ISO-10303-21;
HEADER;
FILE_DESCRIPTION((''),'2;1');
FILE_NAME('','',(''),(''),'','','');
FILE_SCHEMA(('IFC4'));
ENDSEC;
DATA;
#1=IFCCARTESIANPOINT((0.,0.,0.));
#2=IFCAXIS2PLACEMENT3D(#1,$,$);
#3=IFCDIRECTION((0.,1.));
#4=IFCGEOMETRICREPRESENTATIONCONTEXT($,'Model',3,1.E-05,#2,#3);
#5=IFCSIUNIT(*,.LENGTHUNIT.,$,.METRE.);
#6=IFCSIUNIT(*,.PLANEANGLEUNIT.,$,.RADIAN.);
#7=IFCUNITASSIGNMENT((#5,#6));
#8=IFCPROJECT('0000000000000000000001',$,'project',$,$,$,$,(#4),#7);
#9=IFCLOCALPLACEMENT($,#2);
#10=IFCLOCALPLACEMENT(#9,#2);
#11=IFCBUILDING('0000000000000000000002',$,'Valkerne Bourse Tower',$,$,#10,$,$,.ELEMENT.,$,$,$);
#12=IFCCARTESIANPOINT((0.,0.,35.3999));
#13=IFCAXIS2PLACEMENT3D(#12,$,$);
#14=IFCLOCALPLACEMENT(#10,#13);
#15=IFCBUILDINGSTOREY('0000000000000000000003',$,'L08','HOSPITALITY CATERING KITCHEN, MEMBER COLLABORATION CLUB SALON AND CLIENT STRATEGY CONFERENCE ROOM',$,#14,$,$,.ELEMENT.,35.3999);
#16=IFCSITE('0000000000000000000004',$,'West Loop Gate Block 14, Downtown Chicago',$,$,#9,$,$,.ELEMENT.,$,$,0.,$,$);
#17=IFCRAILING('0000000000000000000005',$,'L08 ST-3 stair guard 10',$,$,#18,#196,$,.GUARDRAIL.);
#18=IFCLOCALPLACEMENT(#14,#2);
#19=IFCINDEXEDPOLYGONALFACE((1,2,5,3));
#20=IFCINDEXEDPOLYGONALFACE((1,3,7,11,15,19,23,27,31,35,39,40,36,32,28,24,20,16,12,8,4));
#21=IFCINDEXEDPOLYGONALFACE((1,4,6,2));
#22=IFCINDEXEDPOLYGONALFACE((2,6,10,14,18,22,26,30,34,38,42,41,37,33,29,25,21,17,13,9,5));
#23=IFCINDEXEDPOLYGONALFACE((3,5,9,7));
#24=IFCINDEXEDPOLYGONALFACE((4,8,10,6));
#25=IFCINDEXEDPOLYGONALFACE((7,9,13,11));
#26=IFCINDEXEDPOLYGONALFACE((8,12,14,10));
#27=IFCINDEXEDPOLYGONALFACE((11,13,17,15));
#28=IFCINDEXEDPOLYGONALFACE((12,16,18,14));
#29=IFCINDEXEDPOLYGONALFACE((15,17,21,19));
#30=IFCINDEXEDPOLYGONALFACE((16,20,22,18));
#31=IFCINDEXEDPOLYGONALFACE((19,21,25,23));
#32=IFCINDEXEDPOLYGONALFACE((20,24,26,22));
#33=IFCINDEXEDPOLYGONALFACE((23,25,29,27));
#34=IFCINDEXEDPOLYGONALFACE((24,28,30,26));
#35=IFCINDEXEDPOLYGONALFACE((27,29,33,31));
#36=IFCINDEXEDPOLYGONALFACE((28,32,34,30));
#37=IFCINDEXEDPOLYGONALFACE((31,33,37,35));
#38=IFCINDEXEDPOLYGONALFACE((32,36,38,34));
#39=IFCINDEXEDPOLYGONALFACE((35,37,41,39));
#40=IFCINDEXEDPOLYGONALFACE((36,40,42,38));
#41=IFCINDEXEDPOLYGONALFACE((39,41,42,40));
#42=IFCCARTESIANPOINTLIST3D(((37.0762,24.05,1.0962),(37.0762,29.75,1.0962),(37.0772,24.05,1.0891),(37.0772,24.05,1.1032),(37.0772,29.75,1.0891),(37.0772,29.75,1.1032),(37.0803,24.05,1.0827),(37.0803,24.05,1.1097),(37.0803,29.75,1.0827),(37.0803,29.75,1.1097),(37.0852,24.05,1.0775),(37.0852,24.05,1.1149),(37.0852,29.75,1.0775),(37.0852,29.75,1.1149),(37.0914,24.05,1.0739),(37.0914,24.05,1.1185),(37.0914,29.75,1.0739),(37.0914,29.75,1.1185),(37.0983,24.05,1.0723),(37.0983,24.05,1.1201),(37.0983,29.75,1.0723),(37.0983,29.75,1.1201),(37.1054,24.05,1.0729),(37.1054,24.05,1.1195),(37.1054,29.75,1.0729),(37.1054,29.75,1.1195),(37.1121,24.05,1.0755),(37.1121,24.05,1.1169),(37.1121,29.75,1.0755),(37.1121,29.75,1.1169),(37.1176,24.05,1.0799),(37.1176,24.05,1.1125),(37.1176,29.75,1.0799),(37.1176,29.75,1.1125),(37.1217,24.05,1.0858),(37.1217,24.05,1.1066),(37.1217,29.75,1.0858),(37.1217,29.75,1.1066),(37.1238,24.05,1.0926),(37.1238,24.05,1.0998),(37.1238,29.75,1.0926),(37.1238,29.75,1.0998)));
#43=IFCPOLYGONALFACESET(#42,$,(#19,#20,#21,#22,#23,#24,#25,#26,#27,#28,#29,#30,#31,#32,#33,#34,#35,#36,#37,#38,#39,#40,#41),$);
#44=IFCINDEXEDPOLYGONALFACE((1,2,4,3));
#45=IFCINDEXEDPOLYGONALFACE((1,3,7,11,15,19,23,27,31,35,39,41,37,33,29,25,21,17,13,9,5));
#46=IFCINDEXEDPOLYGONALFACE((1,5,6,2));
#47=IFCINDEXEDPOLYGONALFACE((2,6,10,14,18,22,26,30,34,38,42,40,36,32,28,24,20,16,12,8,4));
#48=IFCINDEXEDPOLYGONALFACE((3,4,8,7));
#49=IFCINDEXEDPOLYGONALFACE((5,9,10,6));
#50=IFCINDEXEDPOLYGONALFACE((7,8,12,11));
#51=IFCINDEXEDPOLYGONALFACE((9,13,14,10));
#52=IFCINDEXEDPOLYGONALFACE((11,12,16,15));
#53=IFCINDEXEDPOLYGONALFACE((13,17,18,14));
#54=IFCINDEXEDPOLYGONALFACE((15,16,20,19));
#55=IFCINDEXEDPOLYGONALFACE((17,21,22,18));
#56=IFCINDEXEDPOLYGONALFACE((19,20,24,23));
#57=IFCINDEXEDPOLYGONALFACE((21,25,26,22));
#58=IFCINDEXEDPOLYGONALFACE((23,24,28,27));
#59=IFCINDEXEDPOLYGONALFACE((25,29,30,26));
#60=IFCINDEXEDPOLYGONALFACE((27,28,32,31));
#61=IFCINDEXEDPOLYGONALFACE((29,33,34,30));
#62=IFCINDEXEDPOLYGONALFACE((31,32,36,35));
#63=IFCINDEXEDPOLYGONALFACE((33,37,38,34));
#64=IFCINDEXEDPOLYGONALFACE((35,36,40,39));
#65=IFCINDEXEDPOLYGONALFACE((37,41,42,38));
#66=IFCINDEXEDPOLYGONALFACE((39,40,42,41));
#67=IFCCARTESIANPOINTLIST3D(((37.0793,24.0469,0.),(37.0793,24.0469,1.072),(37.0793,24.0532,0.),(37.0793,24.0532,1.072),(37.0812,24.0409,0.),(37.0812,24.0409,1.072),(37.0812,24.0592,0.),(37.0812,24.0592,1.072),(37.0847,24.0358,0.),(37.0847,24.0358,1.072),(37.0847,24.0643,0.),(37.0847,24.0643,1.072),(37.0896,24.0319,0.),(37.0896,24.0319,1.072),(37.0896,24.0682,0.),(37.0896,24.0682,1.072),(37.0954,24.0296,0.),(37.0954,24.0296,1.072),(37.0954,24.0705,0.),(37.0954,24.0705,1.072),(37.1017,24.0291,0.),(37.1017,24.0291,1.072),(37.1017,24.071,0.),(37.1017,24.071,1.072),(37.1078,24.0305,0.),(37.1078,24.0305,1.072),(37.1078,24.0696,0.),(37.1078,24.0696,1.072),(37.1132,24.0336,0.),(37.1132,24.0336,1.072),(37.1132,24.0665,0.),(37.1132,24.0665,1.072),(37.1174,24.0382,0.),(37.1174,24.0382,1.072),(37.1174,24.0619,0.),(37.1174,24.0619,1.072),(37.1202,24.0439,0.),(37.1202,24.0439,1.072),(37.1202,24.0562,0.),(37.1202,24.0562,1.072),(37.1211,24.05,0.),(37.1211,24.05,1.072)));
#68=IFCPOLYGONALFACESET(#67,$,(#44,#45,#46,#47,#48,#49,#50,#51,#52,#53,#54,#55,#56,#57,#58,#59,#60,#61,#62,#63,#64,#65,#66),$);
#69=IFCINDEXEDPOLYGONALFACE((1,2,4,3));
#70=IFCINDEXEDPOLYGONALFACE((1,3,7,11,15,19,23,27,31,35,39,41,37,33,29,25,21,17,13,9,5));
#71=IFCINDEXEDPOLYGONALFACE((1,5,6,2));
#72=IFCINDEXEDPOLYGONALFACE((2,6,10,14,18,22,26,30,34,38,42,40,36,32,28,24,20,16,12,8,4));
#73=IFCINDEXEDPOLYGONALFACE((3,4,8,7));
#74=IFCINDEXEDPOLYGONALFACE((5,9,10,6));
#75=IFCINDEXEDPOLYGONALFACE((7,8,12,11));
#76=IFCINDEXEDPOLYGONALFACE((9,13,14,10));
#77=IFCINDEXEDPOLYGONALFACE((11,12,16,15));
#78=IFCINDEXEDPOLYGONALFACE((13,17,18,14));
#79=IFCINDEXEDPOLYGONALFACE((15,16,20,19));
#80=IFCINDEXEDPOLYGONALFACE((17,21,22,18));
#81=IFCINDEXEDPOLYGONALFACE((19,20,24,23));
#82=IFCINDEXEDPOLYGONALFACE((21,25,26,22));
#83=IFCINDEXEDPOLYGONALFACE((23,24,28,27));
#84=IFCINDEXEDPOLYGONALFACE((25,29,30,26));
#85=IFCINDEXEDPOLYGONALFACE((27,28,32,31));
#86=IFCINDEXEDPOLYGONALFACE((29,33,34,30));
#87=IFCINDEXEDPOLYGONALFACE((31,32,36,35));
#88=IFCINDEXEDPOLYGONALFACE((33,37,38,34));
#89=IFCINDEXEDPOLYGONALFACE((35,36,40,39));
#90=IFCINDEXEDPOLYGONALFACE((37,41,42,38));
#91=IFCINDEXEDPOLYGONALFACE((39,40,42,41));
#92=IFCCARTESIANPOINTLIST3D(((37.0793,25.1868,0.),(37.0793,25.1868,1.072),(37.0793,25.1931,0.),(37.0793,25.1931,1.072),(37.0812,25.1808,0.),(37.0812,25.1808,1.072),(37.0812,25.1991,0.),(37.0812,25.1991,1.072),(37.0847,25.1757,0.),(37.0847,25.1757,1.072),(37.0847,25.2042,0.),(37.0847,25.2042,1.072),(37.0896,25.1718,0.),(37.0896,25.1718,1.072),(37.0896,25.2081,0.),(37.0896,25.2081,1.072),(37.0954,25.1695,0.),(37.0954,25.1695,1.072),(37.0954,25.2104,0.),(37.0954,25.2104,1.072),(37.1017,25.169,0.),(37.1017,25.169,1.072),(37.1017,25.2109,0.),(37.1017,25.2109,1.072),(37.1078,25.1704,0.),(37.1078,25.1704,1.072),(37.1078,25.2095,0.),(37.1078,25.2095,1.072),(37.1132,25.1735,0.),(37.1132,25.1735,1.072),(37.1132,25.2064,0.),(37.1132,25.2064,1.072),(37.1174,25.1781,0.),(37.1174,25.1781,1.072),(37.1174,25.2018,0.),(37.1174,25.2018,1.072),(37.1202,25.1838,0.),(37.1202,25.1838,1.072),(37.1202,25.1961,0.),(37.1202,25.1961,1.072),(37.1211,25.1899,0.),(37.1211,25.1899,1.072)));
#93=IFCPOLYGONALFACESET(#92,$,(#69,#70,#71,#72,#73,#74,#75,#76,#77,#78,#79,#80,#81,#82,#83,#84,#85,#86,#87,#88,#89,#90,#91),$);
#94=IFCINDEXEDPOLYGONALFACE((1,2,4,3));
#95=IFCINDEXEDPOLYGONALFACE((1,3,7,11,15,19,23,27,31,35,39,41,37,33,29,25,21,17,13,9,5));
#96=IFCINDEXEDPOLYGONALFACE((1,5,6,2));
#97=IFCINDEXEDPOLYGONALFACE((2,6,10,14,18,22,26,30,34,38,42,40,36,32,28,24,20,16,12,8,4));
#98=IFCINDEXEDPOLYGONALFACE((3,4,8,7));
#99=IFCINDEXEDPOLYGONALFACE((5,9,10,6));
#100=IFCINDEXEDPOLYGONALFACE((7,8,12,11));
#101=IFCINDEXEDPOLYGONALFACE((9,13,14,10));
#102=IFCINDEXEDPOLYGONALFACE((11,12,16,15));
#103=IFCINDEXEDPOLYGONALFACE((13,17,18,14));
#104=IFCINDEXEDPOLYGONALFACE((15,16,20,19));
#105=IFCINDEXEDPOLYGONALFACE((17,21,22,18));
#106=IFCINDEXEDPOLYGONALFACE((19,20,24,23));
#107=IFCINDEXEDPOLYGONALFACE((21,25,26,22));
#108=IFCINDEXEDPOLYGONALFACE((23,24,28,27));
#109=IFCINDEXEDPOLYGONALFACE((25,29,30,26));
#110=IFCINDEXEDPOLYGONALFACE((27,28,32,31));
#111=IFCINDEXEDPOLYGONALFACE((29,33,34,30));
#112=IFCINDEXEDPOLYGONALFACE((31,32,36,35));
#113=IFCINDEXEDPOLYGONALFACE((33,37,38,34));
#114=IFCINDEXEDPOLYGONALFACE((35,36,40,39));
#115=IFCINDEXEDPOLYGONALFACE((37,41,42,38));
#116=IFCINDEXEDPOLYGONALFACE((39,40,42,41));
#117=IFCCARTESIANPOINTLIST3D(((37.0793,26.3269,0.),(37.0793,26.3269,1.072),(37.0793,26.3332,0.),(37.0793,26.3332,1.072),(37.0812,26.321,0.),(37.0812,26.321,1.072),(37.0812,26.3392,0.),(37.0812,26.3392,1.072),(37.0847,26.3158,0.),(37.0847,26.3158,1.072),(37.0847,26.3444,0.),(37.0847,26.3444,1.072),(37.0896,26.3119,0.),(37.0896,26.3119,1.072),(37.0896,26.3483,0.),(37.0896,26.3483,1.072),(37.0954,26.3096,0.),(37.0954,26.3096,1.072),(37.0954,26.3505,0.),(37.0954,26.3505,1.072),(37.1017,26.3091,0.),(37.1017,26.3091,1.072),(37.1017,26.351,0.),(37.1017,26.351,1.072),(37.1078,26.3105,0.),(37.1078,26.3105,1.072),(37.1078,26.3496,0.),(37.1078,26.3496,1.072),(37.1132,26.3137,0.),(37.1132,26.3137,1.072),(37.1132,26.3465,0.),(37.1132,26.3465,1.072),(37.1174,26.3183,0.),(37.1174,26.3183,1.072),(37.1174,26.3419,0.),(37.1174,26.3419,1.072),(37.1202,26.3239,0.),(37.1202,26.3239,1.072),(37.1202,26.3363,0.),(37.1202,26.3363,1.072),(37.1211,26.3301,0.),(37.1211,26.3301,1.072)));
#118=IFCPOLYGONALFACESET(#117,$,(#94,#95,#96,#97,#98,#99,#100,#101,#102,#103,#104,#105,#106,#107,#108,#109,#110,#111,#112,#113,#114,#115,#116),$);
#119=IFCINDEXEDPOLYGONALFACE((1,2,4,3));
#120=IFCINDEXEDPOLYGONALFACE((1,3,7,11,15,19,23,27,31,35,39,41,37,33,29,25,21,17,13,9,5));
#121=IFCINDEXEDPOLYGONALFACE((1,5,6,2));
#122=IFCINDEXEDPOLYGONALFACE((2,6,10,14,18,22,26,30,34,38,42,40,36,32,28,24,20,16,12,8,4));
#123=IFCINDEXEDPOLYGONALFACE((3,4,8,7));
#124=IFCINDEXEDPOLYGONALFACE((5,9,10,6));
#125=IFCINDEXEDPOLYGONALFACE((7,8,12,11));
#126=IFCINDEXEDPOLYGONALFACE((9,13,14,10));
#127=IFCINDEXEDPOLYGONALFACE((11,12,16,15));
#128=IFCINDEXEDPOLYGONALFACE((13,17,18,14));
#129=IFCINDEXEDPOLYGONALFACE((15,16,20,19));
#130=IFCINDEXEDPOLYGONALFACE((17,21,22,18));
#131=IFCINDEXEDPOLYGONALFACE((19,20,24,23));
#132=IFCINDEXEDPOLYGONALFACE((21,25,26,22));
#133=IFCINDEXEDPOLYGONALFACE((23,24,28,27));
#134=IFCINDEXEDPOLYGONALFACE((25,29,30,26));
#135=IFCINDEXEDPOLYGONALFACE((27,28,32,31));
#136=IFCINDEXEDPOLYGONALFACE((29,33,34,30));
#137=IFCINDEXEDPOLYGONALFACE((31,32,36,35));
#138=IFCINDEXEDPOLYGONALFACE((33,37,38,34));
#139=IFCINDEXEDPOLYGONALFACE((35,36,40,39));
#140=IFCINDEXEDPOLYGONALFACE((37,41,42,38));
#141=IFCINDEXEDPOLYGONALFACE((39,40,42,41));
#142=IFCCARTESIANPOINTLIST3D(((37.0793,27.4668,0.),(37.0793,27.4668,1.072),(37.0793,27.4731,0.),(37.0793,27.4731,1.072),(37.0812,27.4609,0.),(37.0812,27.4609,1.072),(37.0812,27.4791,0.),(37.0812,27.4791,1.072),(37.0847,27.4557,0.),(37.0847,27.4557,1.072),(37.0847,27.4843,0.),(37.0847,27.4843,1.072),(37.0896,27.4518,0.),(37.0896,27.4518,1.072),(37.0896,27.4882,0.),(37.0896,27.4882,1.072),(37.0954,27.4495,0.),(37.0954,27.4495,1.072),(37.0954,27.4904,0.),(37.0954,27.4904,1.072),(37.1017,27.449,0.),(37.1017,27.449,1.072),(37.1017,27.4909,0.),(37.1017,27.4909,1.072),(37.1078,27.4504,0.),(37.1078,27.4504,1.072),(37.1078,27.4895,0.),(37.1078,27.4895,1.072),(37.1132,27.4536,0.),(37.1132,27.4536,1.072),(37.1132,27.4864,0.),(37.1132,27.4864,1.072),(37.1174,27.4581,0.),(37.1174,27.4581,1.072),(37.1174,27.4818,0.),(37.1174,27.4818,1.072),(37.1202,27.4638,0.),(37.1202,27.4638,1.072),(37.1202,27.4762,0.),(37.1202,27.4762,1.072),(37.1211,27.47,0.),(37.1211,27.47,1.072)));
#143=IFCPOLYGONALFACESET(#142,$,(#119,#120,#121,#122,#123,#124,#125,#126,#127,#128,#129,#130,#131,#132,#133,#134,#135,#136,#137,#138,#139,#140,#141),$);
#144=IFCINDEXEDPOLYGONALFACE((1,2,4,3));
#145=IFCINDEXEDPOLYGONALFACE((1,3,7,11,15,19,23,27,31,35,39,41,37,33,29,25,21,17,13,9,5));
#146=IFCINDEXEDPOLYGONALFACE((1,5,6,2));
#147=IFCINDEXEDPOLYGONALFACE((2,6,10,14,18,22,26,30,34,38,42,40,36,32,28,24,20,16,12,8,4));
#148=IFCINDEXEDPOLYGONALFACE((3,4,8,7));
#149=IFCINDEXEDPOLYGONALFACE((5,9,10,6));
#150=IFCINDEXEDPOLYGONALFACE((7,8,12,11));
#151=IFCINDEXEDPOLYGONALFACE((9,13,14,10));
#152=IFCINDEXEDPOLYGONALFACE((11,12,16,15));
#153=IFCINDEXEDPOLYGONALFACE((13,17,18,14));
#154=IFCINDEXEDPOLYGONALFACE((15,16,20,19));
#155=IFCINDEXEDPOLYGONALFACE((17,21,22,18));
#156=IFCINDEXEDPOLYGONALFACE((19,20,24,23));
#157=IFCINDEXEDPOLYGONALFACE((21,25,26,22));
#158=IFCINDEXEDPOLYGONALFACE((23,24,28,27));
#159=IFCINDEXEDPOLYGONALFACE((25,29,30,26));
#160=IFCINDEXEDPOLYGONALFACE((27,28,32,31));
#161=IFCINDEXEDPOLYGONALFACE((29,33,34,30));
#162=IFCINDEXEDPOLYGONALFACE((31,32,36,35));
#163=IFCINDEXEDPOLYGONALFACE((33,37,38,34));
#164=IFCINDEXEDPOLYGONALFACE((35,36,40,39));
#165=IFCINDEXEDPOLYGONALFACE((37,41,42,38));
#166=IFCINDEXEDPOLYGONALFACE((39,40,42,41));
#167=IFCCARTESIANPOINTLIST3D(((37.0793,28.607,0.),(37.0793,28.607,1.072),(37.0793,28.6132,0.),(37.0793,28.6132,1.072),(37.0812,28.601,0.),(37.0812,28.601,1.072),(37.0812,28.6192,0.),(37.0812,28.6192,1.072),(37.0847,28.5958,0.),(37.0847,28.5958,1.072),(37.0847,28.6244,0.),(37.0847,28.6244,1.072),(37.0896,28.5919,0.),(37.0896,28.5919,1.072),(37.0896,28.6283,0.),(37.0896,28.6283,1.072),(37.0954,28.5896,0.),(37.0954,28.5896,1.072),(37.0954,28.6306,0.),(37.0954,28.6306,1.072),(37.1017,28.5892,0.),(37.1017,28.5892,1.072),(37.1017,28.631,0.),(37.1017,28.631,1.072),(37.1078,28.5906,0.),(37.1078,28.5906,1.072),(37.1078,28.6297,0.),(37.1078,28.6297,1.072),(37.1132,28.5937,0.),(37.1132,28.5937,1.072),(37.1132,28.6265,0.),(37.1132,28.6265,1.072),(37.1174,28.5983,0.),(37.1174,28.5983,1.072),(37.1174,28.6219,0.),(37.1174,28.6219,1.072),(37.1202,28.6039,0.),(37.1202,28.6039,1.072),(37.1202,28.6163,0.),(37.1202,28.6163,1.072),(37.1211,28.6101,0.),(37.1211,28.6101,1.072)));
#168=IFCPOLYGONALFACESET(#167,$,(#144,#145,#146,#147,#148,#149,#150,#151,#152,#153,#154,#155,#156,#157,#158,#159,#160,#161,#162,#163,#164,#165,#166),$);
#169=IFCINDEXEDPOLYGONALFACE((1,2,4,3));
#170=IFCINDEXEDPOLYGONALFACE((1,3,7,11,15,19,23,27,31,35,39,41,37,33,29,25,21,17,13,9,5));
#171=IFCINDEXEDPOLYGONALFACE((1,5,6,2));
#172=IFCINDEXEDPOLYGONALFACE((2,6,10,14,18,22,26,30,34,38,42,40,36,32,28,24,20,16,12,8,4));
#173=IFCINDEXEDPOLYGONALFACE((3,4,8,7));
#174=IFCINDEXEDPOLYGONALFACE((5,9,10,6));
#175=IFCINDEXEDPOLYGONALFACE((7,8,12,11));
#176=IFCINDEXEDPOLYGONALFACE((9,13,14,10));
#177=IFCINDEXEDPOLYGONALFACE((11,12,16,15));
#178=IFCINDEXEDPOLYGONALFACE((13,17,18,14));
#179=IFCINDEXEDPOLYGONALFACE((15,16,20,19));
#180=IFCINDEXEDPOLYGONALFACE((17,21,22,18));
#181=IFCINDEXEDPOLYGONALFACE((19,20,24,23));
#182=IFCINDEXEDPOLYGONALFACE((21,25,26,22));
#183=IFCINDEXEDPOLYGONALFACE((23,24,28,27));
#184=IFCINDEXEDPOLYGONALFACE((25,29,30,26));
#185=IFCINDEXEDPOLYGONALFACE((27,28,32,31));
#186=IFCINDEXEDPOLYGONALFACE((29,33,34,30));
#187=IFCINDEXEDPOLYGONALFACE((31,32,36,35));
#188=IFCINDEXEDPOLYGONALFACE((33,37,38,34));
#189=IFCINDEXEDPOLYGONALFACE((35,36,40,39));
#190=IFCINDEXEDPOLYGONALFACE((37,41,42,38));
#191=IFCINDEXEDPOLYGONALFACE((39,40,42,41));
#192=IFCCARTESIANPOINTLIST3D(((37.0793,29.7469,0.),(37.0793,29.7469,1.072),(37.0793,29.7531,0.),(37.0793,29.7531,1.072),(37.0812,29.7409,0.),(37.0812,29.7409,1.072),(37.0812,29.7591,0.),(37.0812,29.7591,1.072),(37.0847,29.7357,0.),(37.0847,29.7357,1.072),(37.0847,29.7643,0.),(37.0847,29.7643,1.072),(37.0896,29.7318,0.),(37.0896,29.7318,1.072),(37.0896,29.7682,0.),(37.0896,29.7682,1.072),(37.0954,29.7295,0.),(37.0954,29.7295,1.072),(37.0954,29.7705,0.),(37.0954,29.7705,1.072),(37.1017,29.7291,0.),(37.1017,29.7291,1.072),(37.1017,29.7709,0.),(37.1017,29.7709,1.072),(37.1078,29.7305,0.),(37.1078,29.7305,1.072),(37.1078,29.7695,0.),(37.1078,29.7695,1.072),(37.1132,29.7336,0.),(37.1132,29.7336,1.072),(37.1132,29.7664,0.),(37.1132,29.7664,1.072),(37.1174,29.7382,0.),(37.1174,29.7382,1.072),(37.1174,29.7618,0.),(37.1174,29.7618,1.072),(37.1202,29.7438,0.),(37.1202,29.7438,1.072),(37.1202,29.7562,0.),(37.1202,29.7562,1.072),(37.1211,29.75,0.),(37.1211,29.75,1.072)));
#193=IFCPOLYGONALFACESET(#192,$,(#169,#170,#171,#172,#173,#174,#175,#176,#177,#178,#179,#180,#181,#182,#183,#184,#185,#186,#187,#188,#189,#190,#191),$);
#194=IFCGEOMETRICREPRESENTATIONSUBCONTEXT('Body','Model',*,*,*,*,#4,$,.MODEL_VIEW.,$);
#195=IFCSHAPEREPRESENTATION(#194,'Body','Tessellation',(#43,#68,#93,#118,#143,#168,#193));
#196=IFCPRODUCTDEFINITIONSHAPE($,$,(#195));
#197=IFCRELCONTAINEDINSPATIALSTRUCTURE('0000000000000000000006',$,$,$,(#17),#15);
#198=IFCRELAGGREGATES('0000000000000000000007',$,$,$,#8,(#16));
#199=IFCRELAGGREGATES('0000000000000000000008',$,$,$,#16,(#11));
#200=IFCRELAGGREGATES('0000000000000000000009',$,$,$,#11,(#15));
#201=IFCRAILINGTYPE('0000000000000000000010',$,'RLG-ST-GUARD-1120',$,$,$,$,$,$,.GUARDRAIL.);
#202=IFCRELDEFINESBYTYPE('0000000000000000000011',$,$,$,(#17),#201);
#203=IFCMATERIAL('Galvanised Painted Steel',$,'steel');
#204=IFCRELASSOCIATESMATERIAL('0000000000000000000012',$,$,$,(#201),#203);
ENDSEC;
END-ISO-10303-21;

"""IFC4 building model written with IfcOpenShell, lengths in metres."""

from ifc_helpers import new_model, si_unit, direction, frame, origin, origin_2d, place, context, subcontext, project, spatial, circle, extrude, material, type_object, element, save


model = new_model("IFC4")

# Units and contexts
model_context = context("Model", 3, precision=1e-05, world=origin(), true_north=direction((0.0, 1.0)))
body_context = subcontext(model_context, "Body", "Model", "MODEL_VIEW")
ifc_project = project(units=[si_unit("LENGTHUNIT", "METRE"), si_unit("PLANEANGLEUNIT", "RADIAN")], contexts=[model_context])

# Site, building, storey
site_placement = place(None, origin())
site = spatial("IfcSite", under=ifc_project, at=site_placement, Name="West Loop Gate Block 14, Downtown Chicago", CompositionType="ELEMENT", RefElevation=0.0)
building_placement = place(site_placement, origin())
building = spatial("IfcBuilding", under=site, at=building_placement, Name="Valkerne Bourse Tower", CompositionType="ELEMENT")
storey_placement = place(building_placement, frame((0.0, 0.0, 35.3999)))
storey = spatial("IfcBuildingStorey", under=building, at=storey_placement, Name="L08", Description="HOSPITALITY CATERING KITCHEN, MEMBER COLLABORATION CLUB SALON AND CLIENT STRATEGY CONFERENCE ROOM", CompositionType="ELEMENT", Elevation=35.3999)

# Shared definitions
ifc_material_1 = material(Name="Galvanised Painted Steel", Category="steel")

# Railing
railing_type_1 = type_object("IfcRailingType", Name="RLG-ST-GUARD-1120", PredefinedType="GUARDRAIL", material=ifc_material_1)
railing_1_placement = place(storey_placement, frame((37.1001, 24.05, 0.0)))
element("IfcRailing", 1, at=railing_1_placement, inside=storey, type_object=railing_type_1, Name="L08 ST-3 stair guard 10", PredefinedType="GUARDRAIL", context=body_context, shape_type="SweptSolid", body=[
    extrude(circle(Radius=0.0239, at=origin_2d()), frame((0.0, 0.0, 1.0962), z_axis=(0.0, 1.0, 0.0), x_axis=(-1.0, 0.0, 0.0)), (0.0, 0.0, 1.0), 5.7),
    extrude(circle(Radius=0.021, at=origin_2d()), origin(), (0.0, 0.0, 1.0), 1.072),
    extrude(circle(Radius=0.021, at=origin_2d()), frame((0.0, 1.1399, 0.0)), (0.0, 0.0, 1.0), 1.072),
    extrude(circle(Radius=0.021, at=origin_2d()), frame((0.0, 2.28, 0.0)), (0.0, 0.0, 1.0), 1.072),
    extrude(circle(Radius=0.021, at=origin_2d()), frame((0.0, 3.4199, 0.0)), (0.0, 0.0, 1.0), 1.072),
    extrude(circle(Radius=0.021, at=origin_2d()), frame((0.0, 4.5601, 0.0)), (0.0, 0.0, 1.0), 1.072),
    extrude(circle(Radius=0.021, at=origin_2d()), frame((0.0, 5.7, 0.0)), (0.0, 0.0, 1.0), 1.072),
])

save(model, "model.ifc")
